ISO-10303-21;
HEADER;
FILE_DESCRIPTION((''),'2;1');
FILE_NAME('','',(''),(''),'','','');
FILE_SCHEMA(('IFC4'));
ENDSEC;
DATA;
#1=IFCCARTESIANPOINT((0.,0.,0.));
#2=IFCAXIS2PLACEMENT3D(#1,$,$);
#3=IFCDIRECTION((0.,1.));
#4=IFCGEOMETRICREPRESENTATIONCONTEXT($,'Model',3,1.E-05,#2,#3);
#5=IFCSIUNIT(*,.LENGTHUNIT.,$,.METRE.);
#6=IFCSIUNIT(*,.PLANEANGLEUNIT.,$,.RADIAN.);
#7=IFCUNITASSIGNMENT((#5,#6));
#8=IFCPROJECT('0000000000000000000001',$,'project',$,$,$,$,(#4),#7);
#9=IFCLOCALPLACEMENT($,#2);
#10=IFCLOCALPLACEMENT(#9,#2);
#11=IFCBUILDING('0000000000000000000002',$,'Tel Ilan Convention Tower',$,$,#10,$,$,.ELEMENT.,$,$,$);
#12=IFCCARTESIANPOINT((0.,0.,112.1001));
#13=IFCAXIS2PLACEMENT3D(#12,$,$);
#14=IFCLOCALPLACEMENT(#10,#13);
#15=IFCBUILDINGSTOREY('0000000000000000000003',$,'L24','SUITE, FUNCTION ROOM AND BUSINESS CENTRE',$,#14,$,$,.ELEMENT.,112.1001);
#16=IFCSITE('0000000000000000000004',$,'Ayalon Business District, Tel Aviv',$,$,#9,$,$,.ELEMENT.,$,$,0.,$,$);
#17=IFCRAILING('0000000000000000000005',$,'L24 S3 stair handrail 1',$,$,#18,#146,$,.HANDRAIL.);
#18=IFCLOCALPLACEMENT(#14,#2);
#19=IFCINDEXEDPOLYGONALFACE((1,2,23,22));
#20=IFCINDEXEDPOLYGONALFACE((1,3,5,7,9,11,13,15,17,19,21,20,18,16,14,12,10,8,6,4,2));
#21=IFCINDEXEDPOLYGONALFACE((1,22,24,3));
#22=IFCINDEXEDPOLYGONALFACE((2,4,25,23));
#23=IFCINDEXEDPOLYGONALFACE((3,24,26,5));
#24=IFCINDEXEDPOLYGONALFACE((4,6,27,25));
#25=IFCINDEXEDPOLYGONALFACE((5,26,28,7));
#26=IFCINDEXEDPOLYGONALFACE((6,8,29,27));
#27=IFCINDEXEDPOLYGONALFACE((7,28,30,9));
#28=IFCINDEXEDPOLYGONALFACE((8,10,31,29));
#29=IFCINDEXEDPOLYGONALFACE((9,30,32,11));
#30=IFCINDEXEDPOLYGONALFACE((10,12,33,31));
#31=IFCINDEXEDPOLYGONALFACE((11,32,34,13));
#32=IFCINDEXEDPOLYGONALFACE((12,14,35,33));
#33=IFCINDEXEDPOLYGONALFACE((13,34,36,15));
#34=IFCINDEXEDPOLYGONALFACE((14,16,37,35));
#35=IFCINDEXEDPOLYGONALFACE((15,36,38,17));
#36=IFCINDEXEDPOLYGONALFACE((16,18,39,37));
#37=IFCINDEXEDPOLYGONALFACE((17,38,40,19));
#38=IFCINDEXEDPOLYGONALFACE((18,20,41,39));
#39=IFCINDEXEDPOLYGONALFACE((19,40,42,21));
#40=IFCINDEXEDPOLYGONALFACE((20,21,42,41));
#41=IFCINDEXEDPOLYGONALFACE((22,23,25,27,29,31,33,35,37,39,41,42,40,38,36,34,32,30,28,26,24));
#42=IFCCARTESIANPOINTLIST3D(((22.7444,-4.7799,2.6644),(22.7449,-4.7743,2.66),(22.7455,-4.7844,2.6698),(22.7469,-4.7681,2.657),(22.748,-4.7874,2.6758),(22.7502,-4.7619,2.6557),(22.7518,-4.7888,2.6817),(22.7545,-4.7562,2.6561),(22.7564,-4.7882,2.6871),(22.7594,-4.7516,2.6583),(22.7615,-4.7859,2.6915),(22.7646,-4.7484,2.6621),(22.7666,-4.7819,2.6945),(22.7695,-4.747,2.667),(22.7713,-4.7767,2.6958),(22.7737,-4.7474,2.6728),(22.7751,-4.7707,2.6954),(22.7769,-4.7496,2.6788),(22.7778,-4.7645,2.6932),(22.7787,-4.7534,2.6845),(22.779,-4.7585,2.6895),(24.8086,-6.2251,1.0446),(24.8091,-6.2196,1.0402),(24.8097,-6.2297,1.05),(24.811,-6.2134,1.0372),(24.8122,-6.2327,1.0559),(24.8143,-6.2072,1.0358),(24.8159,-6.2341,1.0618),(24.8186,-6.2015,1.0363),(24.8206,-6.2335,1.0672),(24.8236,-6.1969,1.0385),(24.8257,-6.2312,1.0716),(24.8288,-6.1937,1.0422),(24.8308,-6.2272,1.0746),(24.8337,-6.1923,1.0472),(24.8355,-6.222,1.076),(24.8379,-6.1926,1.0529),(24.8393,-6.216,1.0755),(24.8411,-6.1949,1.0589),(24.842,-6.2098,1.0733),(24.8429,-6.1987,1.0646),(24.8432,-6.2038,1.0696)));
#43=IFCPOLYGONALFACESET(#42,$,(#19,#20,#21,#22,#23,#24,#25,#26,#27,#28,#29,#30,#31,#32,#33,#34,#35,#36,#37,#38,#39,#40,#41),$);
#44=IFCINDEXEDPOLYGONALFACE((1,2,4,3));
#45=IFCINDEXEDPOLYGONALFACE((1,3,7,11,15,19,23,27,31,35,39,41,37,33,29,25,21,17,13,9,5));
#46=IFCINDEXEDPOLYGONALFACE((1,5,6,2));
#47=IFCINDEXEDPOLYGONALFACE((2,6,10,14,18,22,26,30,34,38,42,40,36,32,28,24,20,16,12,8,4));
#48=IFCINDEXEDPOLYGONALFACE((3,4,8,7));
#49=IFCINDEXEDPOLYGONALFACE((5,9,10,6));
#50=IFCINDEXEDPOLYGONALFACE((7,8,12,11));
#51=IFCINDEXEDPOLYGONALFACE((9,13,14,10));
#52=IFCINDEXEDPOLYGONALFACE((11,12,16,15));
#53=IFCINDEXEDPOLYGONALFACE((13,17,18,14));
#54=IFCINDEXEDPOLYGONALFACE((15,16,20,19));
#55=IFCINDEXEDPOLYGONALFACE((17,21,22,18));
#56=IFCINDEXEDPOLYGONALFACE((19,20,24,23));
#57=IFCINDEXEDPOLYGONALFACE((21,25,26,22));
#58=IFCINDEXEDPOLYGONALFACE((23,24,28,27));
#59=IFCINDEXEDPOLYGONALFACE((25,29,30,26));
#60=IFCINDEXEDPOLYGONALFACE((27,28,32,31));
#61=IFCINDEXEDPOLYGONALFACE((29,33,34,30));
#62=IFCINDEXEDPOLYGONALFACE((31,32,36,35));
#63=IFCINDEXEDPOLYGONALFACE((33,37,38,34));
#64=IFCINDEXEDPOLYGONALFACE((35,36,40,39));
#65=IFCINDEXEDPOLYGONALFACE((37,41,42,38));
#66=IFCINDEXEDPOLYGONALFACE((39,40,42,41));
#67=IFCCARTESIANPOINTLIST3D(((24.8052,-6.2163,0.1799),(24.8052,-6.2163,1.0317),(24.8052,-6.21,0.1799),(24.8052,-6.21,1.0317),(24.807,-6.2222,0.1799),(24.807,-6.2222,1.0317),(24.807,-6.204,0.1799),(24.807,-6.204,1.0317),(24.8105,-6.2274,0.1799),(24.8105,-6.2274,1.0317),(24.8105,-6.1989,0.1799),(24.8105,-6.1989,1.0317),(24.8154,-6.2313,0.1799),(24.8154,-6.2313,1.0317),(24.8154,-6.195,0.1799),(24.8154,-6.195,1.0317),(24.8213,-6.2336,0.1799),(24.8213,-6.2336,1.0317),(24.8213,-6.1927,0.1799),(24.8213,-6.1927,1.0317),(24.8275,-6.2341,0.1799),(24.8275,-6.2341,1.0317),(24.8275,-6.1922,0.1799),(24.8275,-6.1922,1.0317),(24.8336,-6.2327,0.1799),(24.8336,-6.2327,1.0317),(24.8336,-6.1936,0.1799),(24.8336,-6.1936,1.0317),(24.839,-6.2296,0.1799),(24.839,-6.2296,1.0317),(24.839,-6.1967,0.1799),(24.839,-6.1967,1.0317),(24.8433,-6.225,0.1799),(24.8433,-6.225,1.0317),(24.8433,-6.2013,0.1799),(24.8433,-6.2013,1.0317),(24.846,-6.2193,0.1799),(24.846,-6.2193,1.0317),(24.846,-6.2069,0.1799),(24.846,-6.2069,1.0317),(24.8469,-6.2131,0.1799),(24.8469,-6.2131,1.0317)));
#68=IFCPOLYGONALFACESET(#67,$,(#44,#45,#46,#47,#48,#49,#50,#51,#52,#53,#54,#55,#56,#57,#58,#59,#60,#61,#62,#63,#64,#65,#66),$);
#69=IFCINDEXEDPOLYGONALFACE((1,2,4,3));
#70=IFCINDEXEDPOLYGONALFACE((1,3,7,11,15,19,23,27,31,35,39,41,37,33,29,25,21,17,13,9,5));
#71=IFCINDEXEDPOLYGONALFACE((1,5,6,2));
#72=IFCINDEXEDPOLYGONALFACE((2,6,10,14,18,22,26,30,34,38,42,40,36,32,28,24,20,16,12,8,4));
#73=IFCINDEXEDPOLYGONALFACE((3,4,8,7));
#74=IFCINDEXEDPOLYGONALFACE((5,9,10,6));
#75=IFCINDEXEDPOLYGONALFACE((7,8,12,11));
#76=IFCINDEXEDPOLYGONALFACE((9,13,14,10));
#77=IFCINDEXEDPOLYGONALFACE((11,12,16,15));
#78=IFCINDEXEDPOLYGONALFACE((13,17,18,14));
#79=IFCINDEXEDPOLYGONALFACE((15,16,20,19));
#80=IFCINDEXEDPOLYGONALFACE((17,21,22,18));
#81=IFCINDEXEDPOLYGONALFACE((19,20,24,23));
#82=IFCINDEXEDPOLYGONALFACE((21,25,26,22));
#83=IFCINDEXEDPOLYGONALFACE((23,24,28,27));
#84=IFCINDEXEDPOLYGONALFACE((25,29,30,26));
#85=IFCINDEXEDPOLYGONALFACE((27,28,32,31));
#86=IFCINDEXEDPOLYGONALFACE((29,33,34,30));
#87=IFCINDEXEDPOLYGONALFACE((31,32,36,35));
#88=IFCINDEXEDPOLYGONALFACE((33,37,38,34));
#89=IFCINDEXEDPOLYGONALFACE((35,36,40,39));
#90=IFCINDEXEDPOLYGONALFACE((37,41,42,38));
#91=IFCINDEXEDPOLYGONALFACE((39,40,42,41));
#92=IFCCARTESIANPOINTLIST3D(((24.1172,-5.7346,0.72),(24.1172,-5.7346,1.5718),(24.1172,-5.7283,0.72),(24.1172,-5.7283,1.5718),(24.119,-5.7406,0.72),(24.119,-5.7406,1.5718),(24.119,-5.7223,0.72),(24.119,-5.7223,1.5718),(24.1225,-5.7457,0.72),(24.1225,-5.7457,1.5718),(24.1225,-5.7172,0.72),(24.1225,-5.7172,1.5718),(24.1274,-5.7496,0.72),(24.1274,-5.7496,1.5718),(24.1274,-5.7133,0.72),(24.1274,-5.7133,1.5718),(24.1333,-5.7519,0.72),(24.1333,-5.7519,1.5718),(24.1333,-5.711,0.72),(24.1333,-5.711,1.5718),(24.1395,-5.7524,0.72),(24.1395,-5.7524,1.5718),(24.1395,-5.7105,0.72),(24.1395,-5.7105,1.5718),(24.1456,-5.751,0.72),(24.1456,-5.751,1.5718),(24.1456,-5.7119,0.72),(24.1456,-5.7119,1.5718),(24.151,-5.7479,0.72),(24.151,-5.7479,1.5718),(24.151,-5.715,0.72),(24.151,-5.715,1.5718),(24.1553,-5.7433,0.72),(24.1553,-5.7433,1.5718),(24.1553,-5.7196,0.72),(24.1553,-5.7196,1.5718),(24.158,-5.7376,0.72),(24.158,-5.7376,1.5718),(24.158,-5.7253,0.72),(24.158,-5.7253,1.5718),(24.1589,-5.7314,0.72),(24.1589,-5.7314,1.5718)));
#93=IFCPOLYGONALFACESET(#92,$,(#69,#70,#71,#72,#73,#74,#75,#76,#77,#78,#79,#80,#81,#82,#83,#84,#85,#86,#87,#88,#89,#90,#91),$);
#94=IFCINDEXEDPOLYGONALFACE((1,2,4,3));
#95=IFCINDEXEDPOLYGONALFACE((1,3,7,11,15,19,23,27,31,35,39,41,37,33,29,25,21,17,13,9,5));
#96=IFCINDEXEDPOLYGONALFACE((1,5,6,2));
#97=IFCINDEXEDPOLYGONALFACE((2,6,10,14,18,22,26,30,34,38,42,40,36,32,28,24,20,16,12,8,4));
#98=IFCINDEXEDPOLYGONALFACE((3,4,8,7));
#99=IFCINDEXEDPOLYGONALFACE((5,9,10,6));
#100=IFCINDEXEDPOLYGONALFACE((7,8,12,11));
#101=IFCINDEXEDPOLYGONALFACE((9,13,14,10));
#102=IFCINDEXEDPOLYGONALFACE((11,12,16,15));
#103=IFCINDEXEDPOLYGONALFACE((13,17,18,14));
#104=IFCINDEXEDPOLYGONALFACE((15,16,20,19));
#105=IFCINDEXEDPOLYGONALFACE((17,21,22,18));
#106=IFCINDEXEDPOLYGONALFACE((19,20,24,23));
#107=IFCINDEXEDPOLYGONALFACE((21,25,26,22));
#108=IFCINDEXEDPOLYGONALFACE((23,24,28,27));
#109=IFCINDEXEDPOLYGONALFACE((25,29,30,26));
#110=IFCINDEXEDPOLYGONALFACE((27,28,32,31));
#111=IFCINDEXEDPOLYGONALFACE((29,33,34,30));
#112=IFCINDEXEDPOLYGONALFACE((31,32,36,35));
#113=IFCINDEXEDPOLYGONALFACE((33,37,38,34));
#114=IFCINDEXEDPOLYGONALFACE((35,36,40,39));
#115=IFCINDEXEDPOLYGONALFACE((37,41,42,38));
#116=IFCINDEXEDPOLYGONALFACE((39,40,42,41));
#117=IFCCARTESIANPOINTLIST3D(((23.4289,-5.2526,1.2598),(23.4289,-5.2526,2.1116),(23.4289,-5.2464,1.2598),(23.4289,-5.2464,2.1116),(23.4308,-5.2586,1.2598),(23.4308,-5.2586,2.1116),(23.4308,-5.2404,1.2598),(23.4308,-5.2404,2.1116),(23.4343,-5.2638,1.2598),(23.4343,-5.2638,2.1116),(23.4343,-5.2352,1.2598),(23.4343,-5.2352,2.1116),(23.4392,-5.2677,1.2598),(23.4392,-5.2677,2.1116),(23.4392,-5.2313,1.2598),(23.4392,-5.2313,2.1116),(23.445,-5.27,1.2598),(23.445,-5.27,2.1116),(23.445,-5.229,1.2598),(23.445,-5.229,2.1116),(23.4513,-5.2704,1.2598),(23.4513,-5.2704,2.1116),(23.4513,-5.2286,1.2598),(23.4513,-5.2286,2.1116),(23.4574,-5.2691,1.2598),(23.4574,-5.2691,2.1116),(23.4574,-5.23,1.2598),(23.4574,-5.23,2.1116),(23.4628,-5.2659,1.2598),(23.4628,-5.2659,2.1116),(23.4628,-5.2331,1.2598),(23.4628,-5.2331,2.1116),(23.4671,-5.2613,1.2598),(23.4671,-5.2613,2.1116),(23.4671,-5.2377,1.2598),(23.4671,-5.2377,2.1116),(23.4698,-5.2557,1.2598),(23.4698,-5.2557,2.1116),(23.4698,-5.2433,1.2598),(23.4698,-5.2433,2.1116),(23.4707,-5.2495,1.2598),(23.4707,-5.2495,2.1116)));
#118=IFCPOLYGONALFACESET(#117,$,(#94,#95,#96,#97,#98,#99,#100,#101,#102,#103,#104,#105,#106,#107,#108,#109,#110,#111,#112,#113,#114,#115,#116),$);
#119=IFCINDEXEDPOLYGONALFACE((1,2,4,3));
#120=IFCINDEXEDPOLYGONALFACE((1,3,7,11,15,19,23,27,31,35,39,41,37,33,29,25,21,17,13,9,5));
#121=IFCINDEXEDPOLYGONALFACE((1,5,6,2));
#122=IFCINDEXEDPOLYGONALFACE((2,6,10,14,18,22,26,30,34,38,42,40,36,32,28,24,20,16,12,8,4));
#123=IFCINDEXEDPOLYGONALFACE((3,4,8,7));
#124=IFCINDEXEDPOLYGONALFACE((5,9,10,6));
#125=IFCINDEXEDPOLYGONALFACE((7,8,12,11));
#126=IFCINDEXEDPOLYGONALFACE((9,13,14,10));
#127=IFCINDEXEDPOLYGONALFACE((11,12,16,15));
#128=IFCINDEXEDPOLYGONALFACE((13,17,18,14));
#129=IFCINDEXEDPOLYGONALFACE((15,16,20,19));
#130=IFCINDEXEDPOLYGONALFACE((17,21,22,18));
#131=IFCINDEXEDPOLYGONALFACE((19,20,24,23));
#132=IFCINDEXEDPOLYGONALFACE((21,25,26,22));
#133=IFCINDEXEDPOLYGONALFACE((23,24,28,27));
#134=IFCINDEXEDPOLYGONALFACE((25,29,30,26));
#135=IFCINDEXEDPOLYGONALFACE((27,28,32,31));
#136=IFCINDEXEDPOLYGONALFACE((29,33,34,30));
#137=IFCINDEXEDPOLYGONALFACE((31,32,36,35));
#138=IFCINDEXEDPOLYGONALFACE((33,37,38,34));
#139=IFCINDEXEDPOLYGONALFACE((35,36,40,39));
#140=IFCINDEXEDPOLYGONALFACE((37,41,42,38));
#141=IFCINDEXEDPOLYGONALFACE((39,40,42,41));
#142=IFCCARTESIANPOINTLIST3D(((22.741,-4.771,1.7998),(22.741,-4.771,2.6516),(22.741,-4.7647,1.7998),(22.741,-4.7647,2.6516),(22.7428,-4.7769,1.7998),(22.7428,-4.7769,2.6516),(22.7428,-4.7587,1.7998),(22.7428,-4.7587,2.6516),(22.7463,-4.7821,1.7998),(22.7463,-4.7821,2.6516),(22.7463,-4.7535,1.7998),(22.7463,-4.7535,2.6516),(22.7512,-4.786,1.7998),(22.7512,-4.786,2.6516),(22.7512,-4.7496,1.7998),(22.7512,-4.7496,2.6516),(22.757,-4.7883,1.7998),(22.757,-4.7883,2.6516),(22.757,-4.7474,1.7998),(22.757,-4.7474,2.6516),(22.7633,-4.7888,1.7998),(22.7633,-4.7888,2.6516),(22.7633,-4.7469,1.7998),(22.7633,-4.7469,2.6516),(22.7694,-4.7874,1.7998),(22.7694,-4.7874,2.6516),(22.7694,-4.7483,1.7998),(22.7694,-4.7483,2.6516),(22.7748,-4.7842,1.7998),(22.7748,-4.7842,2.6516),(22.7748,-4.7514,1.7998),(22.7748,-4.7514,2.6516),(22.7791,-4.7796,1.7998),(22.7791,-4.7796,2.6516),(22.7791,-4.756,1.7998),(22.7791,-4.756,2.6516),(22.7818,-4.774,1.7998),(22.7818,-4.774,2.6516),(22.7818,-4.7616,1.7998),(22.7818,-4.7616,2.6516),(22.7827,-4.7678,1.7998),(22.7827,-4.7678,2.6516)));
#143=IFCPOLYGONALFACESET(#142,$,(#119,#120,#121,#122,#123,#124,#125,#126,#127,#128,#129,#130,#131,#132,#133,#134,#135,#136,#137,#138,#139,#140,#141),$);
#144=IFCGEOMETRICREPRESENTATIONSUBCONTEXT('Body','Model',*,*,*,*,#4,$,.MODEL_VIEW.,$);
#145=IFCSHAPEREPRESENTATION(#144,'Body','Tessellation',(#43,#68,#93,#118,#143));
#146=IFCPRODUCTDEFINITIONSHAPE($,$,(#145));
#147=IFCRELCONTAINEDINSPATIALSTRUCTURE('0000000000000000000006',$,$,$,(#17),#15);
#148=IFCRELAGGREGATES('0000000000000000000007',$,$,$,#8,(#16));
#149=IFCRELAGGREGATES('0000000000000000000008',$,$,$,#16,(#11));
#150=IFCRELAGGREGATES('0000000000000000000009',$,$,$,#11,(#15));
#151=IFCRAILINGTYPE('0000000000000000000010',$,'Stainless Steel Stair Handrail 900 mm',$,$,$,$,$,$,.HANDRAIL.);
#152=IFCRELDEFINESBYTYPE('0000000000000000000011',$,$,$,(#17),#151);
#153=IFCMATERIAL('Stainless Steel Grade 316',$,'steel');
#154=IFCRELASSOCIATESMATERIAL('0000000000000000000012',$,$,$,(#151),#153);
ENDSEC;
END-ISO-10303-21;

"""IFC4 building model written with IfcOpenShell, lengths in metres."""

from ifc_helpers import new_model, si_unit, direction, frame, origin, origin_2d, place, context, subcontext, project, spatial, circle, extrude, material, type_object, element, save


model = new_model("IFC4")

# Units and contexts
model_context = context("Model", 3, precision=1e-05, world=origin(), true_north=direction((0.0, 1.0)))
body_context = subcontext(model_context, "Body", "Model", "MODEL_VIEW")
ifc_project = project(units=[si_unit("LENGTHUNIT", "METRE"), si_unit("PLANEANGLEUNIT", "RADIAN")], contexts=[model_context])

# Site, building, storey
site_placement = place(None, origin())
site = spatial("IfcSite", under=ifc_project, at=site_placement, Name="Ayalon Business District, Tel Aviv", CompositionType="ELEMENT", RefElevation=0.0)
building_placement = place(site_placement, origin())
building = spatial("IfcBuilding", under=site, at=building_placement, Name="Tel Ilan Convention Tower", CompositionType="ELEMENT")
storey_placement = place(building_placement, frame((0.0, 0.0, 112.1001)))
storey = spatial("IfcBuildingStorey", under=building, at=storey_placement, Name="L24", Description="SUITE, FUNCTION ROOM AND BUSINESS CENTRE", CompositionType="ELEMENT", Elevation=112.1001)

# Railing
ifc_material_1 = material(Name="Stainless Steel Grade 316", Category="steel")
railing_type = type_object("IfcRailingType", Name="Stainless Steel Stair Handrail 900 mm", PredefinedType="HANDRAIL", material=ifc_material_1)
railing_placement = place(storey_placement, frame((24.8259, -6.2131, 0.1799)))
element("IfcRailing", 1, at=railing_placement, inside=storey, type_object=railing_type, Name="L24 S3 stair handrail 1", PredefinedType="HANDRAIL", context=body_context, shape_type="SweptSolid", body=[
    extrude(circle(Radius=0.0239, at=origin_2d()), frame((0.0, 0.0, 0.876), z_axis=(-0.68907, 0.482472, 0.540743), x_axis=(-0.57356, -0.819164, 0.0)), (0.0, 0.0, 1.0), 2.9956),
    extrude(circle(Radius=0.021, at=origin_2d()), origin(), (0.0, 0.0, 1.0), 0.8518),
    extrude(circle(Radius=0.021, at=origin_2d()), frame((-0.688, 0.4817, 0.54)), (0.0, 0.0, 1.0), 0.8518),
    extrude(circle(Radius=0.021, at=origin_2d()), frame((-1.3762, 0.9636, 1.0798)), (0.0, 0.0, 1.0), 0.8518),
    extrude(circle(Radius=0.021, at=origin_2d()), frame((-2.0642, 1.4453, 1.6199)), (0.0, 0.0, 1.0), 0.8518),
])

save(model, "model.ifc")
